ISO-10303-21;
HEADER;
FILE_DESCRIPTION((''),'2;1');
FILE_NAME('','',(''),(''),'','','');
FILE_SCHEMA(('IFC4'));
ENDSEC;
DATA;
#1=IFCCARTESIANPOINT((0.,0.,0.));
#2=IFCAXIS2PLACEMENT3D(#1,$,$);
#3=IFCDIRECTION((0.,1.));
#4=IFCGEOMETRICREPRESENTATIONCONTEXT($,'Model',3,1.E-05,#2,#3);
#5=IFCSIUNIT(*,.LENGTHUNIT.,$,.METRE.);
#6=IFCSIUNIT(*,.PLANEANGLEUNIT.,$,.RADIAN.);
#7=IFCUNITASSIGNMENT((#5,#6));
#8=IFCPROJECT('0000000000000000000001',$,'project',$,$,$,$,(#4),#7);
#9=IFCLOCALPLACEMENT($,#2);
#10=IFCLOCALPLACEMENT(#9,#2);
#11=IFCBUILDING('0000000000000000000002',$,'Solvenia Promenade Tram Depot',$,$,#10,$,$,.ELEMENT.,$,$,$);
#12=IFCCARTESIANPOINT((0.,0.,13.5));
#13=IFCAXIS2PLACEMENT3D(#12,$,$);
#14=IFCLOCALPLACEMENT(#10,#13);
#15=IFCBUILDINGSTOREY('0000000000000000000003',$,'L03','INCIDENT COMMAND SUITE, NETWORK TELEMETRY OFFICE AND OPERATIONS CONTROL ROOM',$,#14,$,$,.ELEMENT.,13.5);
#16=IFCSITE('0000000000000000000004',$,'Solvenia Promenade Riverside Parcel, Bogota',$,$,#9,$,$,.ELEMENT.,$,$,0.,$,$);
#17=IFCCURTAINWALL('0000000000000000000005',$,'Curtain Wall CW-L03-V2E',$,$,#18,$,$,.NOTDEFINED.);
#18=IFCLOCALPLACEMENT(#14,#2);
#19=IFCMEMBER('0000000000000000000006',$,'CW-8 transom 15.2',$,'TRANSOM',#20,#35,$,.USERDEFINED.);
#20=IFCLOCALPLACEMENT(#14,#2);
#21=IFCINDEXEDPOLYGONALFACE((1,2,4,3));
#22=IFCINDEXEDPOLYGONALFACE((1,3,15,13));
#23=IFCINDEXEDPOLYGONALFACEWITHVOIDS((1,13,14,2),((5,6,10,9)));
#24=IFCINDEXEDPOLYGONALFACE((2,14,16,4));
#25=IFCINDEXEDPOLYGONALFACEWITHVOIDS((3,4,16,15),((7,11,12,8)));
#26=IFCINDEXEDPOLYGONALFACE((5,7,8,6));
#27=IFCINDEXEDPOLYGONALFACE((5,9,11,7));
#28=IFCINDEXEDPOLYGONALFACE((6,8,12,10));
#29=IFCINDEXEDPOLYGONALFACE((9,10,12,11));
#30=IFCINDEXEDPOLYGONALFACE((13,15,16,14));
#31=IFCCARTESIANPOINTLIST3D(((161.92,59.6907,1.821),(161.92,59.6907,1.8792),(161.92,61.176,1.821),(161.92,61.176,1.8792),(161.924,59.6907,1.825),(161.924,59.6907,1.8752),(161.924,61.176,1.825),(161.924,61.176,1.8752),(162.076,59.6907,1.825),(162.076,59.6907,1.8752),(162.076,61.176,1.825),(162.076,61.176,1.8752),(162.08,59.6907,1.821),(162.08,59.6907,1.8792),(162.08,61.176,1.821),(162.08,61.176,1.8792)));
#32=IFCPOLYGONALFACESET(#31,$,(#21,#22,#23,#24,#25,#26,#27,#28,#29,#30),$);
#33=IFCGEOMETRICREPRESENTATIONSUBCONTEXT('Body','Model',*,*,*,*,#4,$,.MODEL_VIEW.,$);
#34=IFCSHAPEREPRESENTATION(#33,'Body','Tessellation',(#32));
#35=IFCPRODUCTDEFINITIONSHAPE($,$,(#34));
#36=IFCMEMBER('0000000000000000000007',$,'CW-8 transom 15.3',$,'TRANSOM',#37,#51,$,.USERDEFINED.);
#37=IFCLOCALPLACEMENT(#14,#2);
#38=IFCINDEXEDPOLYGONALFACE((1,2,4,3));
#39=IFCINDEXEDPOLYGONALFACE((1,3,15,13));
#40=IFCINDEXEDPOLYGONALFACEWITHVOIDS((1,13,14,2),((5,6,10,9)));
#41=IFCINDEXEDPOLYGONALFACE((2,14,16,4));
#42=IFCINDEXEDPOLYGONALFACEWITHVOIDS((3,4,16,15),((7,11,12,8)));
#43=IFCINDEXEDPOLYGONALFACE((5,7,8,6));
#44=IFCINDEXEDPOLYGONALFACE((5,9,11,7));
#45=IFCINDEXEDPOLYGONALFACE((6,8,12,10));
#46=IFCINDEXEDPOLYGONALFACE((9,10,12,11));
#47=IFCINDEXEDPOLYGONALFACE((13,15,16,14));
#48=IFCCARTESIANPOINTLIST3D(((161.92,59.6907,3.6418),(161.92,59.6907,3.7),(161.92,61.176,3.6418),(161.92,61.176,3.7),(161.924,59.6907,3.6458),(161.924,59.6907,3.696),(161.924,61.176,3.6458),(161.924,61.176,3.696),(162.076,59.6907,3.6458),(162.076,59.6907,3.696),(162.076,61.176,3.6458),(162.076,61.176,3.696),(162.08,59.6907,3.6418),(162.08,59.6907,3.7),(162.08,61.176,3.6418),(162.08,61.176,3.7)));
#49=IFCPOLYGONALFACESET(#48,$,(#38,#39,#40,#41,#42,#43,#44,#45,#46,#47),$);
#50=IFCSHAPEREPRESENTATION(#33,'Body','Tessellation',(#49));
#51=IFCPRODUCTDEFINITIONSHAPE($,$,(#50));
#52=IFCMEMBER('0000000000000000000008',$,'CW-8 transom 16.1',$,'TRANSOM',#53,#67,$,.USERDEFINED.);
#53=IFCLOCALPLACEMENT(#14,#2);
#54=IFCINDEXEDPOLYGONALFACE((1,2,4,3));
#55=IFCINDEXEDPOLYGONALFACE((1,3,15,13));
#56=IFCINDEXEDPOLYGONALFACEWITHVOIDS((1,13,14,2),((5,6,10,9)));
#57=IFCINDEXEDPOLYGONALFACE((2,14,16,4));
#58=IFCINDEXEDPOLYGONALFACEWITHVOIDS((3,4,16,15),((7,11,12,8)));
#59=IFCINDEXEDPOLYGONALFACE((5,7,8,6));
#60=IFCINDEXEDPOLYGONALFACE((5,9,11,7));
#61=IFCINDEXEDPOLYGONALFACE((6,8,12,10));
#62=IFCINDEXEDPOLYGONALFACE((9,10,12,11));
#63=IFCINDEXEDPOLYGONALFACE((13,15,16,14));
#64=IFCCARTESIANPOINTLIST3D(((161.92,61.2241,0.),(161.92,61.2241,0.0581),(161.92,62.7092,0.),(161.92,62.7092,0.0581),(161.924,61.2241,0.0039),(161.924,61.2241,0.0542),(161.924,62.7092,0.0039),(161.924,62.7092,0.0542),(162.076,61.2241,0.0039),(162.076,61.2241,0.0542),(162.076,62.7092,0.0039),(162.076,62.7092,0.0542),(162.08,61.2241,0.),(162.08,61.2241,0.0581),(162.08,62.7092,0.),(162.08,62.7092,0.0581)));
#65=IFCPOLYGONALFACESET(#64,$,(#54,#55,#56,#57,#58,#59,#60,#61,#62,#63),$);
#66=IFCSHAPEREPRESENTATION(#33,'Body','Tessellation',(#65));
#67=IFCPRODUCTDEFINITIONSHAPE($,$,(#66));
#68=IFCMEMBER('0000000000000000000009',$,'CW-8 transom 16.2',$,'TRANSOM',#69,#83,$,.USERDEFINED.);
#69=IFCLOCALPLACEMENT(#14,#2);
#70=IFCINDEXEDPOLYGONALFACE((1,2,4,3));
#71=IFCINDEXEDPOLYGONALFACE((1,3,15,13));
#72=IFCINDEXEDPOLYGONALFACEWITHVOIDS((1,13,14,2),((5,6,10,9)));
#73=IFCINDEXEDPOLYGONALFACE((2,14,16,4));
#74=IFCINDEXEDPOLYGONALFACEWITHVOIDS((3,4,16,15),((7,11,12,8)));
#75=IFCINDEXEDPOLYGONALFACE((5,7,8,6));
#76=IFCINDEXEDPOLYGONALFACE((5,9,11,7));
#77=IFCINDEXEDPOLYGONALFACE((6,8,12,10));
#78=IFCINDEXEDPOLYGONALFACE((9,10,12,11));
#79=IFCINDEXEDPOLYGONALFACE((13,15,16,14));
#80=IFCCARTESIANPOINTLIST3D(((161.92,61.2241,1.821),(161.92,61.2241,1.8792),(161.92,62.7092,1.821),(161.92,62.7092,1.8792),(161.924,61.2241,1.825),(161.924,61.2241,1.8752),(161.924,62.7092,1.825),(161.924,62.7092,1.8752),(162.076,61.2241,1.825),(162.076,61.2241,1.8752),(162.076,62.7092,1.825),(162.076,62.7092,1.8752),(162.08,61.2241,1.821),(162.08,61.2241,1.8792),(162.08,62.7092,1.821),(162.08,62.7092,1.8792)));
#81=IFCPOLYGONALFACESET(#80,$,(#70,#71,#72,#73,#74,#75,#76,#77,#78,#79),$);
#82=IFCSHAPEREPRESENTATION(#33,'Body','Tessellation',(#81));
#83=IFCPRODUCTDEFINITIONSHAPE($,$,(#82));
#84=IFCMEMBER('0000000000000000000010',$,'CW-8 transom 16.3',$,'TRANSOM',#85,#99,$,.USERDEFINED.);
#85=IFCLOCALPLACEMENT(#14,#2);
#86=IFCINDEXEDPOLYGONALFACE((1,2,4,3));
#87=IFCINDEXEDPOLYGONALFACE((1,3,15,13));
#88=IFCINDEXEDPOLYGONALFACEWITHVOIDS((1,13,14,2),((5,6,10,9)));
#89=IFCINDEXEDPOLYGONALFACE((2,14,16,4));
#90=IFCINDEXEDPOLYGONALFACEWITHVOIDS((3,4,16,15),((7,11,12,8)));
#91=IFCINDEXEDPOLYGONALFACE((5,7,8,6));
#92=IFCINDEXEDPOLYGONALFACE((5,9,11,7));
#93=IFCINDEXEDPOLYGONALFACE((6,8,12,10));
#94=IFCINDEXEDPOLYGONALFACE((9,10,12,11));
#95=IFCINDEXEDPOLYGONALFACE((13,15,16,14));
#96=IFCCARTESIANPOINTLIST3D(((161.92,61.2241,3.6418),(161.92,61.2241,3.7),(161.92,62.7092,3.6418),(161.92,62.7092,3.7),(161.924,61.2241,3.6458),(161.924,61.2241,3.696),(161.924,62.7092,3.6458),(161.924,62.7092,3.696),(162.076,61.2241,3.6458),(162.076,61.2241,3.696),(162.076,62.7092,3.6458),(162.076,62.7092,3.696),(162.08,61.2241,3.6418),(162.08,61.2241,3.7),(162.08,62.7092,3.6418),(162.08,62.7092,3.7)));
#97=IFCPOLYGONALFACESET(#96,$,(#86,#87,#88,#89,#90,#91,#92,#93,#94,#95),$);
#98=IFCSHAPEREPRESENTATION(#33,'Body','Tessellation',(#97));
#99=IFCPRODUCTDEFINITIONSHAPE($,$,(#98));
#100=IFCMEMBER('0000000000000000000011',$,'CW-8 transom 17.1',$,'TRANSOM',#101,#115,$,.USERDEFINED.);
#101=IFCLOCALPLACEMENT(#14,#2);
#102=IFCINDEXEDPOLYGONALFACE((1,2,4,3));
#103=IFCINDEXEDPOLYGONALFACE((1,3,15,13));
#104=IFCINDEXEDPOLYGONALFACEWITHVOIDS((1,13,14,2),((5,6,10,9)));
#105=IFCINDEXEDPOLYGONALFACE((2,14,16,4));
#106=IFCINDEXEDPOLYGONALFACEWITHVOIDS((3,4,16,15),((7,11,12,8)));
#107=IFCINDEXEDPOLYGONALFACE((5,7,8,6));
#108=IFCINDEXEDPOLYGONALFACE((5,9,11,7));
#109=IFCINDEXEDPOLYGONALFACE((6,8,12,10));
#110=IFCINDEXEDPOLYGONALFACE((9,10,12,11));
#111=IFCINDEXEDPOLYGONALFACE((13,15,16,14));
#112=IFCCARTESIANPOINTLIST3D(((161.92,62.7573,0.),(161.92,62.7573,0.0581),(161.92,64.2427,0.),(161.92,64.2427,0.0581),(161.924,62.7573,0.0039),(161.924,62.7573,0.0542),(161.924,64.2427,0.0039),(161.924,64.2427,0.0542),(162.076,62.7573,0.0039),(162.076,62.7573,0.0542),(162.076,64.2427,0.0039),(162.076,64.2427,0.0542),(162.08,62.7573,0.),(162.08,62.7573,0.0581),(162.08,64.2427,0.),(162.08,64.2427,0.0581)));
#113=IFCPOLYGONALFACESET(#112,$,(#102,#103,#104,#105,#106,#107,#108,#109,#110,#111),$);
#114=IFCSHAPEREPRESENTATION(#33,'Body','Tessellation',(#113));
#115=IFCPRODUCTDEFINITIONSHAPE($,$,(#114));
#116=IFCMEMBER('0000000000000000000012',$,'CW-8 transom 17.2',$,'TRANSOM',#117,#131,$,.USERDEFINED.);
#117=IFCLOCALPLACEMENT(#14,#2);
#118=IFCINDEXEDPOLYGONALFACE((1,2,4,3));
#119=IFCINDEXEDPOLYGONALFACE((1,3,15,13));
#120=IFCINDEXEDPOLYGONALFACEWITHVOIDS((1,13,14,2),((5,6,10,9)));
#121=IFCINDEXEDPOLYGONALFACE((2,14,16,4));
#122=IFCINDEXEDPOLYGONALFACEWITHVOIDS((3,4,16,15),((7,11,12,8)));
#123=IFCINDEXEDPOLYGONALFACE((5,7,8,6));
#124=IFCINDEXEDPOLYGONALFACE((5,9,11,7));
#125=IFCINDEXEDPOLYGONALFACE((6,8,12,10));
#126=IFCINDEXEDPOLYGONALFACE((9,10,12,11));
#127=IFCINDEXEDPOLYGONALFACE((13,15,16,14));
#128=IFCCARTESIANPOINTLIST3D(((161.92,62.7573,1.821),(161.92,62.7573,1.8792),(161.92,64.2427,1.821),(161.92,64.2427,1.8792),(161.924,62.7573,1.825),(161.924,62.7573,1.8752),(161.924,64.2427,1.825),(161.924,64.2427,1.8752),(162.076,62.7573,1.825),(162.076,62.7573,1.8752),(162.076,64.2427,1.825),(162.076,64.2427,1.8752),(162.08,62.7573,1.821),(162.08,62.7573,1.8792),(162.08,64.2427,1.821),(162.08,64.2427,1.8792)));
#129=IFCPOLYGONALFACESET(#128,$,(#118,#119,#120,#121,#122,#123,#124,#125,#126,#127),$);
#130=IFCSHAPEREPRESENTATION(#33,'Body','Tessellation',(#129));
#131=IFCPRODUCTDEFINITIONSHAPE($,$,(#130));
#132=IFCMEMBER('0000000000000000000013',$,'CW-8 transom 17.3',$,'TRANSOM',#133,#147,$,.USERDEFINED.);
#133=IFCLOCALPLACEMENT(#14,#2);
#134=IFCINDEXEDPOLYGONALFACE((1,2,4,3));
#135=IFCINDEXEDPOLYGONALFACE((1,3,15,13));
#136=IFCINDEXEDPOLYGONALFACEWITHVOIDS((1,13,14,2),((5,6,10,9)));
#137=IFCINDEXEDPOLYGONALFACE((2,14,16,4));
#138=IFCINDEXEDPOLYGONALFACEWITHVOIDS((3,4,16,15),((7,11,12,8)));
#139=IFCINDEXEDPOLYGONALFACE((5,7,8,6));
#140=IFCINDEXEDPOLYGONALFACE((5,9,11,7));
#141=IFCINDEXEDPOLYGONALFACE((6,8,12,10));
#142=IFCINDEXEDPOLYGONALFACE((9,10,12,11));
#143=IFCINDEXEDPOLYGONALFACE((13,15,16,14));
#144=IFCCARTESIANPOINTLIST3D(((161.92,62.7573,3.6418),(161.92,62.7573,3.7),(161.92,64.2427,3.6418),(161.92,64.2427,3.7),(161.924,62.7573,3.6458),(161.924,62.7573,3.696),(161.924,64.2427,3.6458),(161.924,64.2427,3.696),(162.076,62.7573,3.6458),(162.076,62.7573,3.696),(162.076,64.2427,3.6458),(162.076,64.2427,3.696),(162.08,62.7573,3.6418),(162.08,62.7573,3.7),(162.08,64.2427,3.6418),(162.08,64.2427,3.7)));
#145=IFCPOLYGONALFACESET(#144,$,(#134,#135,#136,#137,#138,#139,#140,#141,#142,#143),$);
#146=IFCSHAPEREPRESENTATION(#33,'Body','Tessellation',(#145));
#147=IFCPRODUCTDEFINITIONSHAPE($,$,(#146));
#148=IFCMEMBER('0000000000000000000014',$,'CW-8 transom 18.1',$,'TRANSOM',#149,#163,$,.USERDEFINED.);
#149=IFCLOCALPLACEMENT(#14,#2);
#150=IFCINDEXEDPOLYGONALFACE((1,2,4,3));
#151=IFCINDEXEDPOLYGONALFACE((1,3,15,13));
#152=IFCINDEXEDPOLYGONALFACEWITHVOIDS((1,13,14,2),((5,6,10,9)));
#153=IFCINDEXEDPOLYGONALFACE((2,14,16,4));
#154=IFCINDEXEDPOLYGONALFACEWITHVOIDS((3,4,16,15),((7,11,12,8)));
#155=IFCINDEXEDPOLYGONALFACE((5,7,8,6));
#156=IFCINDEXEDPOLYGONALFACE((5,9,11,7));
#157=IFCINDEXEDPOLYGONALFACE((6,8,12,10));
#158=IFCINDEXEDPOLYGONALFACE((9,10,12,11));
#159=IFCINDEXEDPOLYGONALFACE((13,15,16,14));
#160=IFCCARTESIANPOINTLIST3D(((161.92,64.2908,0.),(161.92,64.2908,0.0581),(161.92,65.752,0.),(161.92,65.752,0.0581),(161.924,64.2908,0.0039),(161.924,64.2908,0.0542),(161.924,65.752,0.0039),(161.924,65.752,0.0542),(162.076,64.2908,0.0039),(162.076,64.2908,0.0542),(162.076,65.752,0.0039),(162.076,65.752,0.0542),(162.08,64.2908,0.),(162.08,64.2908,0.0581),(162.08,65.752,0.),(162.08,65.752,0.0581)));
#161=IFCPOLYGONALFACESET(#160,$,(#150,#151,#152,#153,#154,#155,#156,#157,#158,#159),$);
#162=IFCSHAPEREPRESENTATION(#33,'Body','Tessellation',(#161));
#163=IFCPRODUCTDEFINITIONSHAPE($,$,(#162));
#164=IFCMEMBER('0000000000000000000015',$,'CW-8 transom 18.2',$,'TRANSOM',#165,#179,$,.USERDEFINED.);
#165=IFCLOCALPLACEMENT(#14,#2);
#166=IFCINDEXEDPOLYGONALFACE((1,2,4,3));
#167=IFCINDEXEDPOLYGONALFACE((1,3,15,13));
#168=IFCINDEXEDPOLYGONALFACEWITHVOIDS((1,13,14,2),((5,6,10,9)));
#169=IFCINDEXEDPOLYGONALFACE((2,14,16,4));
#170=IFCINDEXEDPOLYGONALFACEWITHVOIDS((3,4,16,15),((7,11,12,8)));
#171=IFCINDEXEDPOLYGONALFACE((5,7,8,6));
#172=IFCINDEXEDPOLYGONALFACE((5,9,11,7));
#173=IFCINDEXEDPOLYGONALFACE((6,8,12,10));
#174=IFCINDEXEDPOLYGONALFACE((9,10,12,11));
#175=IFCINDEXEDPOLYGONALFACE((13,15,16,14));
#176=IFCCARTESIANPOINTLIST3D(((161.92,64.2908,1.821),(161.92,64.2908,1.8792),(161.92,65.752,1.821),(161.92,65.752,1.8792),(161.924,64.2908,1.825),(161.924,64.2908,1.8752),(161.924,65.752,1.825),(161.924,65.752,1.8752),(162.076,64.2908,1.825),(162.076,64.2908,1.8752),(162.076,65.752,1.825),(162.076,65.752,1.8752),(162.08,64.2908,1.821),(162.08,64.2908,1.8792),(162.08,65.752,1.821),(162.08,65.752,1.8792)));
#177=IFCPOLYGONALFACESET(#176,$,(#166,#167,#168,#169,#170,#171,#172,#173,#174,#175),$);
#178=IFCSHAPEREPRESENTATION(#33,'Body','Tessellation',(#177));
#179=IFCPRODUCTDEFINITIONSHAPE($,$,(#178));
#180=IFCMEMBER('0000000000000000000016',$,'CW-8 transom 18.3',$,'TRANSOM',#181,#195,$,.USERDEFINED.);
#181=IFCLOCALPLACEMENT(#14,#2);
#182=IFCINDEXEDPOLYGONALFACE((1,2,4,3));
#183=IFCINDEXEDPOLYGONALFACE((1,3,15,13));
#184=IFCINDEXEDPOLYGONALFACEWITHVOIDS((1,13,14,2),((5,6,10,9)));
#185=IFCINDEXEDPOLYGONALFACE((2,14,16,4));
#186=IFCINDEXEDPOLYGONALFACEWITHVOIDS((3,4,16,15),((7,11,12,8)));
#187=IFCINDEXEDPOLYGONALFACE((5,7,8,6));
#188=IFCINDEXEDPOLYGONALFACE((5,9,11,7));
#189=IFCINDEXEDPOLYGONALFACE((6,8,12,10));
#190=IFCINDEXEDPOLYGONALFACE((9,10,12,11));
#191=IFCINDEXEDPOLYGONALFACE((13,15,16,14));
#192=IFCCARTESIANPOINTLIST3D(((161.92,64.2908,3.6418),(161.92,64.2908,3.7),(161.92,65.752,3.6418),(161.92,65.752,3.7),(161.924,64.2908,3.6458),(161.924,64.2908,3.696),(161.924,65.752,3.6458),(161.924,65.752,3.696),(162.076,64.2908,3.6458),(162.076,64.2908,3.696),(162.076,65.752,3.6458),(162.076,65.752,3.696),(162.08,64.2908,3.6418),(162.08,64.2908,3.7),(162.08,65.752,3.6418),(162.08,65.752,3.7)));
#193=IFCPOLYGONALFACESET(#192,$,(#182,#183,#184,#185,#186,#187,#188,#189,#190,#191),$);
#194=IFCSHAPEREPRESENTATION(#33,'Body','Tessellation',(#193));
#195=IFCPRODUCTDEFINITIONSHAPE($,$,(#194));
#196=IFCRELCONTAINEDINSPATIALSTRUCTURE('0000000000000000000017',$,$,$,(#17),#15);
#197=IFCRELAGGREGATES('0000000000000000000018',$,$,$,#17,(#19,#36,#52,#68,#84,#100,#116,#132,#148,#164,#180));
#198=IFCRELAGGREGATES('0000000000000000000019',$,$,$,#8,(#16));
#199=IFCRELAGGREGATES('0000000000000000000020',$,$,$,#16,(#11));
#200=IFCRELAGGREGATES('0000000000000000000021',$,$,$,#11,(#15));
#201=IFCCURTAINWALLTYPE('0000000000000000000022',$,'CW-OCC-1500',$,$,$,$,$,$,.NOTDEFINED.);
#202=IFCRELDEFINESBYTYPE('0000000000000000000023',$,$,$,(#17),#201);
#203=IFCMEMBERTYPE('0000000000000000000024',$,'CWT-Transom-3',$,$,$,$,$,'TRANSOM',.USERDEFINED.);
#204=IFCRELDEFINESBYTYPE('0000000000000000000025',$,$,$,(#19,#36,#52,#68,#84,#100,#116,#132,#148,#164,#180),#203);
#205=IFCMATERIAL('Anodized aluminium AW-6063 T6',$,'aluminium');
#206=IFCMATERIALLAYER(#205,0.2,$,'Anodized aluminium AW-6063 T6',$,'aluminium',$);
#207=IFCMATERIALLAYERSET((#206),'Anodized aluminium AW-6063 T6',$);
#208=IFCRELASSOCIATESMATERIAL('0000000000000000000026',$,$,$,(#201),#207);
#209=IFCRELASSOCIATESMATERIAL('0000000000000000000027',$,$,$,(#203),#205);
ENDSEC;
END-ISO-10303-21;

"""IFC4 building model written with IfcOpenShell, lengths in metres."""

from ifc_helpers import new_model, si_unit, direction, frame, origin, origin_2d, place, context, subcontext, project, spatial, hollow_rectangle, extrude, material, layer, layer_set, material_profile, profile_set, type_object, element, aggregate, save


model = new_model("IFC4")

# Units and contexts
model_context = context("Model", 3, precision=1e-05, world=origin(), true_north=direction((0.0, 1.0)))
body_context = subcontext(model_context, "Body", "Model", "MODEL_VIEW")
ifc_project = project(units=[si_unit("LENGTHUNIT", "METRE"), si_unit("PLANEANGLEUNIT", "RADIAN")], contexts=[model_context])

# Site, building, storey
site_placement = place(None, origin())
site = spatial("IfcSite", under=ifc_project, at=site_placement, Name="Solvenia Promenade Riverside Parcel, Bogota", CompositionType="ELEMENT", RefElevation=0.0)
building_placement = place(site_placement, origin())
building = spatial("IfcBuilding", under=site, at=building_placement, Name="Solvenia Promenade Tram Depot", CompositionType="ELEMENT")
storey_placement = place(building_placement, frame((0.0, 0.0, 13.5)))
storey = spatial("IfcBuildingStorey", under=building, at=storey_placement, Name="L03", Description="INCIDENT COMMAND SUITE, NETWORK TELEMETRY OFFICE AND OPERATIONS CONTROL ROOM", CompositionType="ELEMENT", Elevation=13.5)

# Curtain wall
ifc_material_1 = material(Name="Anodized aluminium AW-6063 T6", Category="aluminium")
ifc_layer_1 = layer(ifc_material_1, 0.2, Name="Anodized aluminium AW-6063 T6", Category="aluminium")
ifc_layer_set_1 = layer_set([ifc_layer_1], Name="Anodized aluminium AW-6063 T6")
curtain_wall_type = type_object("IfcCurtainWallType", Name="CW-OCC-1500", PredefinedType="NOTDEFINED", material=ifc_layer_set_1)
curtain_wall_1_placement = place(storey_placement, origin())
curtain_wall_1 = element("IfcCurtainWall", 1, at=curtain_wall_1_placement, inside=storey, type_object=curtain_wall_type, Name="Curtain Wall CW-L03-V2E", PredefinedType="NOTDEFINED")

# Members
ifc_material_profile_1 = material_profile(ifc_material_1, hollow_rectangle(XDim=0.1599, YDim=0.0581, WallThickness=0.0039, at=origin_2d()), Name="ALU-T3", Category="aluminium")
ifc_profile_set_1 = profile_set([ifc_material_profile_1], Name="Anodized aluminium AW-6063 T6")
member_type_1 = type_object("IfcMemberType", Name="CWT-Transom-3", ElementType="TRANSOM", PredefinedType="USERDEFINED", material=ifc_profile_set_1)
member_1_placement = place(storey_placement, frame((162.0, 59.6907, 1.8501), z_axis=(0.0, 1.0, 0.0), x_axis=(-1.0, 0.0, 0.0)))
member_1 = element("IfcMember", 2, at=member_1_placement, type_object=member_type_1, Name="CW-8 transom 15.2", ObjectType="TRANSOM", PredefinedType="USERDEFINED", context=body_context, shape_type="SweptSolid", body=[
    extrude(hollow_rectangle(XDim=0.1599, YDim=0.0581, WallThickness=0.0039, at=origin_2d()), origin(), (0.0, 0.0, 1.0), 1.4854),
])
member_2_placement = place(storey_placement, frame((162.0, 59.6907, 3.6709), z_axis=(0.0, 1.0, 0.0), x_axis=(-1.0, 0.0, 0.0)))
member_2 = element("IfcMember", 3, at=member_2_placement, type_object=member_type_1, Name="CW-8 transom 15.3", ObjectType="TRANSOM", PredefinedType="USERDEFINED", context=body_context, shape_type="SweptSolid", body=[
    extrude(hollow_rectangle(XDim=0.1599, YDim=0.0581, WallThickness=0.0039, at=origin_2d()), origin(), (0.0, 0.0, 1.0), 1.4854),
])
member_3_placement = place(storey_placement, frame((162.0, 61.2241, 0.0291), z_axis=(0.0, 1.0, 0.0), x_axis=(-1.0, 0.0, 0.0)))
member_3 = element("IfcMember", 4, at=member_3_placement, type_object=member_type_1, Name="CW-8 transom 16.1", ObjectType="TRANSOM", PredefinedType="USERDEFINED", context=body_context, shape_type="SweptSolid", body=[
    extrude(hollow_rectangle(XDim=0.1599, YDim=0.0581, WallThickness=0.0039, at=origin_2d()), origin(), (0.0, 0.0, 1.0), 1.4851),
])
member_4_placement = place(storey_placement, frame((162.0, 61.2241, 1.8501), z_axis=(0.0, 1.0, 0.0), x_axis=(-1.0, 0.0, 0.0)))
member_4 = element("IfcMember", 5, at=member_4_placement, type_object=member_type_1, Name="CW-8 transom 16.2", ObjectType="TRANSOM", PredefinedType="USERDEFINED", context=body_context, shape_type="SweptSolid", body=[
    extrude(hollow_rectangle(XDim=0.1599, YDim=0.0581, WallThickness=0.0039, at=origin_2d()), origin(), (0.0, 0.0, 1.0), 1.4851),
])
member_5_placement = place(storey_placement, frame((162.0, 61.2241, 3.6709), z_axis=(0.0, 1.0, 0.0), x_axis=(-1.0, 0.0, 0.0)))
member_5 = element("IfcMember", 6, at=member_5_placement, type_object=member_type_1, Name="CW-8 transom 16.3", ObjectType="TRANSOM", PredefinedType="USERDEFINED", context=body_context, shape_type="SweptSolid", body=[
    extrude(hollow_rectangle(XDim=0.1599, YDim=0.0581, WallThickness=0.0039, at=origin_2d()), origin(), (0.0, 0.0, 1.0), 1.4851),
])
member_6_placement = place(storey_placement, frame((162.0, 62.7573, 0.0291), z_axis=(0.0, 1.0, 0.0), x_axis=(-1.0, 0.0, 0.0)))
member_6 = element("IfcMember", 7, at=member_6_placement, type_object=member_type_1, Name="CW-8 transom 17.1", ObjectType="TRANSOM", PredefinedType="USERDEFINED", context=body_context, shape_type="SweptSolid", body=[
    extrude(hollow_rectangle(XDim=0.1599, YDim=0.0581, WallThickness=0.0039, at=origin_2d()), origin(), (0.0, 0.0, 1.0), 1.4854),
])
member_7_placement = place(storey_placement, frame((162.0, 62.7573, 1.8501), z_axis=(0.0, 1.0, 0.0), x_axis=(-1.0, 0.0, 0.0)))
member_7 = element("IfcMember", 8, at=member_7_placement, type_object=member_type_1, Name="CW-8 transom 17.2", ObjectType="TRANSOM", PredefinedType="USERDEFINED", context=body_context, shape_type="SweptSolid", body=[
    extrude(hollow_rectangle(XDim=0.1599, YDim=0.0581, WallThickness=0.0039, at=origin_2d()), origin(), (0.0, 0.0, 1.0), 1.4854),
])
member_8_placement = place(storey_placement, frame((162.0, 62.7573, 3.6709), z_axis=(0.0, 1.0, 0.0), x_axis=(-1.0, 0.0, 0.0)))
member_8 = element("IfcMember", 9, at=member_8_placement, type_object=member_type_1, Name="CW-8 transom 17.3", ObjectType="TRANSOM", PredefinedType="USERDEFINED", context=body_context, shape_type="SweptSolid", body=[
    extrude(hollow_rectangle(XDim=0.1599, YDim=0.0581, WallThickness=0.0039, at=origin_2d()), origin(), (0.0, 0.0, 1.0), 1.4854),
])
member_9_placement = place(storey_placement, frame((162.0, 64.2908, 0.0291), z_axis=(0.0, 1.0, 0.0), x_axis=(-1.0, 0.0, 0.0)))
member_9 = element("IfcMember", 10, at=member_9_placement, type_object=member_type_1, Name="CW-8 transom 18.1", ObjectType="TRANSOM", PredefinedType="USERDEFINED", context=body_context, shape_type="SweptSolid", body=[
    extrude(hollow_rectangle(XDim=0.1599, YDim=0.0581, WallThickness=0.0039, at=origin_2d()), origin(), (0.0, 0.0, 1.0), 1.4612),
])
member_10_placement = place(storey_placement, frame((162.0, 64.2908, 1.8501), z_axis=(0.0, 1.0, 0.0), x_axis=(-1.0, 0.0, 0.0)))
member_10 = element("IfcMember", 11, at=member_10_placement, type_object=member_type_1, Name="CW-8 transom 18.2", ObjectType="TRANSOM", PredefinedType="USERDEFINED", context=body_context, shape_type="SweptSolid", body=[
    extrude(hollow_rectangle(XDim=0.1599, YDim=0.0581, WallThickness=0.0039, at=origin_2d()), origin(), (0.0, 0.0, 1.0), 1.4612),
])
member_11_placement = place(storey_placement, frame((162.0, 64.2908, 3.6709), z_axis=(0.0, 1.0, 0.0), x_axis=(-1.0, 0.0, 0.0)))
member_11 = element("IfcMember", 12, at=member_11_placement, type_object=member_type_1, Name="CW-8 transom 18.3", ObjectType="TRANSOM", PredefinedType="USERDEFINED", context=body_context, shape_type="SweptSolid", body=[
    extrude(hollow_rectangle(XDim=0.1599, YDim=0.0581, WallThickness=0.0039, at=origin_2d()), origin(), (0.0, 0.0, 1.0), 1.4612),
])

aggregate(curtain_wall_1, [member_1, member_2, member_3, member_4, member_5, member_6, member_7, member_8, member_9, member_10, member_11])

save(model, "model.ifc")
